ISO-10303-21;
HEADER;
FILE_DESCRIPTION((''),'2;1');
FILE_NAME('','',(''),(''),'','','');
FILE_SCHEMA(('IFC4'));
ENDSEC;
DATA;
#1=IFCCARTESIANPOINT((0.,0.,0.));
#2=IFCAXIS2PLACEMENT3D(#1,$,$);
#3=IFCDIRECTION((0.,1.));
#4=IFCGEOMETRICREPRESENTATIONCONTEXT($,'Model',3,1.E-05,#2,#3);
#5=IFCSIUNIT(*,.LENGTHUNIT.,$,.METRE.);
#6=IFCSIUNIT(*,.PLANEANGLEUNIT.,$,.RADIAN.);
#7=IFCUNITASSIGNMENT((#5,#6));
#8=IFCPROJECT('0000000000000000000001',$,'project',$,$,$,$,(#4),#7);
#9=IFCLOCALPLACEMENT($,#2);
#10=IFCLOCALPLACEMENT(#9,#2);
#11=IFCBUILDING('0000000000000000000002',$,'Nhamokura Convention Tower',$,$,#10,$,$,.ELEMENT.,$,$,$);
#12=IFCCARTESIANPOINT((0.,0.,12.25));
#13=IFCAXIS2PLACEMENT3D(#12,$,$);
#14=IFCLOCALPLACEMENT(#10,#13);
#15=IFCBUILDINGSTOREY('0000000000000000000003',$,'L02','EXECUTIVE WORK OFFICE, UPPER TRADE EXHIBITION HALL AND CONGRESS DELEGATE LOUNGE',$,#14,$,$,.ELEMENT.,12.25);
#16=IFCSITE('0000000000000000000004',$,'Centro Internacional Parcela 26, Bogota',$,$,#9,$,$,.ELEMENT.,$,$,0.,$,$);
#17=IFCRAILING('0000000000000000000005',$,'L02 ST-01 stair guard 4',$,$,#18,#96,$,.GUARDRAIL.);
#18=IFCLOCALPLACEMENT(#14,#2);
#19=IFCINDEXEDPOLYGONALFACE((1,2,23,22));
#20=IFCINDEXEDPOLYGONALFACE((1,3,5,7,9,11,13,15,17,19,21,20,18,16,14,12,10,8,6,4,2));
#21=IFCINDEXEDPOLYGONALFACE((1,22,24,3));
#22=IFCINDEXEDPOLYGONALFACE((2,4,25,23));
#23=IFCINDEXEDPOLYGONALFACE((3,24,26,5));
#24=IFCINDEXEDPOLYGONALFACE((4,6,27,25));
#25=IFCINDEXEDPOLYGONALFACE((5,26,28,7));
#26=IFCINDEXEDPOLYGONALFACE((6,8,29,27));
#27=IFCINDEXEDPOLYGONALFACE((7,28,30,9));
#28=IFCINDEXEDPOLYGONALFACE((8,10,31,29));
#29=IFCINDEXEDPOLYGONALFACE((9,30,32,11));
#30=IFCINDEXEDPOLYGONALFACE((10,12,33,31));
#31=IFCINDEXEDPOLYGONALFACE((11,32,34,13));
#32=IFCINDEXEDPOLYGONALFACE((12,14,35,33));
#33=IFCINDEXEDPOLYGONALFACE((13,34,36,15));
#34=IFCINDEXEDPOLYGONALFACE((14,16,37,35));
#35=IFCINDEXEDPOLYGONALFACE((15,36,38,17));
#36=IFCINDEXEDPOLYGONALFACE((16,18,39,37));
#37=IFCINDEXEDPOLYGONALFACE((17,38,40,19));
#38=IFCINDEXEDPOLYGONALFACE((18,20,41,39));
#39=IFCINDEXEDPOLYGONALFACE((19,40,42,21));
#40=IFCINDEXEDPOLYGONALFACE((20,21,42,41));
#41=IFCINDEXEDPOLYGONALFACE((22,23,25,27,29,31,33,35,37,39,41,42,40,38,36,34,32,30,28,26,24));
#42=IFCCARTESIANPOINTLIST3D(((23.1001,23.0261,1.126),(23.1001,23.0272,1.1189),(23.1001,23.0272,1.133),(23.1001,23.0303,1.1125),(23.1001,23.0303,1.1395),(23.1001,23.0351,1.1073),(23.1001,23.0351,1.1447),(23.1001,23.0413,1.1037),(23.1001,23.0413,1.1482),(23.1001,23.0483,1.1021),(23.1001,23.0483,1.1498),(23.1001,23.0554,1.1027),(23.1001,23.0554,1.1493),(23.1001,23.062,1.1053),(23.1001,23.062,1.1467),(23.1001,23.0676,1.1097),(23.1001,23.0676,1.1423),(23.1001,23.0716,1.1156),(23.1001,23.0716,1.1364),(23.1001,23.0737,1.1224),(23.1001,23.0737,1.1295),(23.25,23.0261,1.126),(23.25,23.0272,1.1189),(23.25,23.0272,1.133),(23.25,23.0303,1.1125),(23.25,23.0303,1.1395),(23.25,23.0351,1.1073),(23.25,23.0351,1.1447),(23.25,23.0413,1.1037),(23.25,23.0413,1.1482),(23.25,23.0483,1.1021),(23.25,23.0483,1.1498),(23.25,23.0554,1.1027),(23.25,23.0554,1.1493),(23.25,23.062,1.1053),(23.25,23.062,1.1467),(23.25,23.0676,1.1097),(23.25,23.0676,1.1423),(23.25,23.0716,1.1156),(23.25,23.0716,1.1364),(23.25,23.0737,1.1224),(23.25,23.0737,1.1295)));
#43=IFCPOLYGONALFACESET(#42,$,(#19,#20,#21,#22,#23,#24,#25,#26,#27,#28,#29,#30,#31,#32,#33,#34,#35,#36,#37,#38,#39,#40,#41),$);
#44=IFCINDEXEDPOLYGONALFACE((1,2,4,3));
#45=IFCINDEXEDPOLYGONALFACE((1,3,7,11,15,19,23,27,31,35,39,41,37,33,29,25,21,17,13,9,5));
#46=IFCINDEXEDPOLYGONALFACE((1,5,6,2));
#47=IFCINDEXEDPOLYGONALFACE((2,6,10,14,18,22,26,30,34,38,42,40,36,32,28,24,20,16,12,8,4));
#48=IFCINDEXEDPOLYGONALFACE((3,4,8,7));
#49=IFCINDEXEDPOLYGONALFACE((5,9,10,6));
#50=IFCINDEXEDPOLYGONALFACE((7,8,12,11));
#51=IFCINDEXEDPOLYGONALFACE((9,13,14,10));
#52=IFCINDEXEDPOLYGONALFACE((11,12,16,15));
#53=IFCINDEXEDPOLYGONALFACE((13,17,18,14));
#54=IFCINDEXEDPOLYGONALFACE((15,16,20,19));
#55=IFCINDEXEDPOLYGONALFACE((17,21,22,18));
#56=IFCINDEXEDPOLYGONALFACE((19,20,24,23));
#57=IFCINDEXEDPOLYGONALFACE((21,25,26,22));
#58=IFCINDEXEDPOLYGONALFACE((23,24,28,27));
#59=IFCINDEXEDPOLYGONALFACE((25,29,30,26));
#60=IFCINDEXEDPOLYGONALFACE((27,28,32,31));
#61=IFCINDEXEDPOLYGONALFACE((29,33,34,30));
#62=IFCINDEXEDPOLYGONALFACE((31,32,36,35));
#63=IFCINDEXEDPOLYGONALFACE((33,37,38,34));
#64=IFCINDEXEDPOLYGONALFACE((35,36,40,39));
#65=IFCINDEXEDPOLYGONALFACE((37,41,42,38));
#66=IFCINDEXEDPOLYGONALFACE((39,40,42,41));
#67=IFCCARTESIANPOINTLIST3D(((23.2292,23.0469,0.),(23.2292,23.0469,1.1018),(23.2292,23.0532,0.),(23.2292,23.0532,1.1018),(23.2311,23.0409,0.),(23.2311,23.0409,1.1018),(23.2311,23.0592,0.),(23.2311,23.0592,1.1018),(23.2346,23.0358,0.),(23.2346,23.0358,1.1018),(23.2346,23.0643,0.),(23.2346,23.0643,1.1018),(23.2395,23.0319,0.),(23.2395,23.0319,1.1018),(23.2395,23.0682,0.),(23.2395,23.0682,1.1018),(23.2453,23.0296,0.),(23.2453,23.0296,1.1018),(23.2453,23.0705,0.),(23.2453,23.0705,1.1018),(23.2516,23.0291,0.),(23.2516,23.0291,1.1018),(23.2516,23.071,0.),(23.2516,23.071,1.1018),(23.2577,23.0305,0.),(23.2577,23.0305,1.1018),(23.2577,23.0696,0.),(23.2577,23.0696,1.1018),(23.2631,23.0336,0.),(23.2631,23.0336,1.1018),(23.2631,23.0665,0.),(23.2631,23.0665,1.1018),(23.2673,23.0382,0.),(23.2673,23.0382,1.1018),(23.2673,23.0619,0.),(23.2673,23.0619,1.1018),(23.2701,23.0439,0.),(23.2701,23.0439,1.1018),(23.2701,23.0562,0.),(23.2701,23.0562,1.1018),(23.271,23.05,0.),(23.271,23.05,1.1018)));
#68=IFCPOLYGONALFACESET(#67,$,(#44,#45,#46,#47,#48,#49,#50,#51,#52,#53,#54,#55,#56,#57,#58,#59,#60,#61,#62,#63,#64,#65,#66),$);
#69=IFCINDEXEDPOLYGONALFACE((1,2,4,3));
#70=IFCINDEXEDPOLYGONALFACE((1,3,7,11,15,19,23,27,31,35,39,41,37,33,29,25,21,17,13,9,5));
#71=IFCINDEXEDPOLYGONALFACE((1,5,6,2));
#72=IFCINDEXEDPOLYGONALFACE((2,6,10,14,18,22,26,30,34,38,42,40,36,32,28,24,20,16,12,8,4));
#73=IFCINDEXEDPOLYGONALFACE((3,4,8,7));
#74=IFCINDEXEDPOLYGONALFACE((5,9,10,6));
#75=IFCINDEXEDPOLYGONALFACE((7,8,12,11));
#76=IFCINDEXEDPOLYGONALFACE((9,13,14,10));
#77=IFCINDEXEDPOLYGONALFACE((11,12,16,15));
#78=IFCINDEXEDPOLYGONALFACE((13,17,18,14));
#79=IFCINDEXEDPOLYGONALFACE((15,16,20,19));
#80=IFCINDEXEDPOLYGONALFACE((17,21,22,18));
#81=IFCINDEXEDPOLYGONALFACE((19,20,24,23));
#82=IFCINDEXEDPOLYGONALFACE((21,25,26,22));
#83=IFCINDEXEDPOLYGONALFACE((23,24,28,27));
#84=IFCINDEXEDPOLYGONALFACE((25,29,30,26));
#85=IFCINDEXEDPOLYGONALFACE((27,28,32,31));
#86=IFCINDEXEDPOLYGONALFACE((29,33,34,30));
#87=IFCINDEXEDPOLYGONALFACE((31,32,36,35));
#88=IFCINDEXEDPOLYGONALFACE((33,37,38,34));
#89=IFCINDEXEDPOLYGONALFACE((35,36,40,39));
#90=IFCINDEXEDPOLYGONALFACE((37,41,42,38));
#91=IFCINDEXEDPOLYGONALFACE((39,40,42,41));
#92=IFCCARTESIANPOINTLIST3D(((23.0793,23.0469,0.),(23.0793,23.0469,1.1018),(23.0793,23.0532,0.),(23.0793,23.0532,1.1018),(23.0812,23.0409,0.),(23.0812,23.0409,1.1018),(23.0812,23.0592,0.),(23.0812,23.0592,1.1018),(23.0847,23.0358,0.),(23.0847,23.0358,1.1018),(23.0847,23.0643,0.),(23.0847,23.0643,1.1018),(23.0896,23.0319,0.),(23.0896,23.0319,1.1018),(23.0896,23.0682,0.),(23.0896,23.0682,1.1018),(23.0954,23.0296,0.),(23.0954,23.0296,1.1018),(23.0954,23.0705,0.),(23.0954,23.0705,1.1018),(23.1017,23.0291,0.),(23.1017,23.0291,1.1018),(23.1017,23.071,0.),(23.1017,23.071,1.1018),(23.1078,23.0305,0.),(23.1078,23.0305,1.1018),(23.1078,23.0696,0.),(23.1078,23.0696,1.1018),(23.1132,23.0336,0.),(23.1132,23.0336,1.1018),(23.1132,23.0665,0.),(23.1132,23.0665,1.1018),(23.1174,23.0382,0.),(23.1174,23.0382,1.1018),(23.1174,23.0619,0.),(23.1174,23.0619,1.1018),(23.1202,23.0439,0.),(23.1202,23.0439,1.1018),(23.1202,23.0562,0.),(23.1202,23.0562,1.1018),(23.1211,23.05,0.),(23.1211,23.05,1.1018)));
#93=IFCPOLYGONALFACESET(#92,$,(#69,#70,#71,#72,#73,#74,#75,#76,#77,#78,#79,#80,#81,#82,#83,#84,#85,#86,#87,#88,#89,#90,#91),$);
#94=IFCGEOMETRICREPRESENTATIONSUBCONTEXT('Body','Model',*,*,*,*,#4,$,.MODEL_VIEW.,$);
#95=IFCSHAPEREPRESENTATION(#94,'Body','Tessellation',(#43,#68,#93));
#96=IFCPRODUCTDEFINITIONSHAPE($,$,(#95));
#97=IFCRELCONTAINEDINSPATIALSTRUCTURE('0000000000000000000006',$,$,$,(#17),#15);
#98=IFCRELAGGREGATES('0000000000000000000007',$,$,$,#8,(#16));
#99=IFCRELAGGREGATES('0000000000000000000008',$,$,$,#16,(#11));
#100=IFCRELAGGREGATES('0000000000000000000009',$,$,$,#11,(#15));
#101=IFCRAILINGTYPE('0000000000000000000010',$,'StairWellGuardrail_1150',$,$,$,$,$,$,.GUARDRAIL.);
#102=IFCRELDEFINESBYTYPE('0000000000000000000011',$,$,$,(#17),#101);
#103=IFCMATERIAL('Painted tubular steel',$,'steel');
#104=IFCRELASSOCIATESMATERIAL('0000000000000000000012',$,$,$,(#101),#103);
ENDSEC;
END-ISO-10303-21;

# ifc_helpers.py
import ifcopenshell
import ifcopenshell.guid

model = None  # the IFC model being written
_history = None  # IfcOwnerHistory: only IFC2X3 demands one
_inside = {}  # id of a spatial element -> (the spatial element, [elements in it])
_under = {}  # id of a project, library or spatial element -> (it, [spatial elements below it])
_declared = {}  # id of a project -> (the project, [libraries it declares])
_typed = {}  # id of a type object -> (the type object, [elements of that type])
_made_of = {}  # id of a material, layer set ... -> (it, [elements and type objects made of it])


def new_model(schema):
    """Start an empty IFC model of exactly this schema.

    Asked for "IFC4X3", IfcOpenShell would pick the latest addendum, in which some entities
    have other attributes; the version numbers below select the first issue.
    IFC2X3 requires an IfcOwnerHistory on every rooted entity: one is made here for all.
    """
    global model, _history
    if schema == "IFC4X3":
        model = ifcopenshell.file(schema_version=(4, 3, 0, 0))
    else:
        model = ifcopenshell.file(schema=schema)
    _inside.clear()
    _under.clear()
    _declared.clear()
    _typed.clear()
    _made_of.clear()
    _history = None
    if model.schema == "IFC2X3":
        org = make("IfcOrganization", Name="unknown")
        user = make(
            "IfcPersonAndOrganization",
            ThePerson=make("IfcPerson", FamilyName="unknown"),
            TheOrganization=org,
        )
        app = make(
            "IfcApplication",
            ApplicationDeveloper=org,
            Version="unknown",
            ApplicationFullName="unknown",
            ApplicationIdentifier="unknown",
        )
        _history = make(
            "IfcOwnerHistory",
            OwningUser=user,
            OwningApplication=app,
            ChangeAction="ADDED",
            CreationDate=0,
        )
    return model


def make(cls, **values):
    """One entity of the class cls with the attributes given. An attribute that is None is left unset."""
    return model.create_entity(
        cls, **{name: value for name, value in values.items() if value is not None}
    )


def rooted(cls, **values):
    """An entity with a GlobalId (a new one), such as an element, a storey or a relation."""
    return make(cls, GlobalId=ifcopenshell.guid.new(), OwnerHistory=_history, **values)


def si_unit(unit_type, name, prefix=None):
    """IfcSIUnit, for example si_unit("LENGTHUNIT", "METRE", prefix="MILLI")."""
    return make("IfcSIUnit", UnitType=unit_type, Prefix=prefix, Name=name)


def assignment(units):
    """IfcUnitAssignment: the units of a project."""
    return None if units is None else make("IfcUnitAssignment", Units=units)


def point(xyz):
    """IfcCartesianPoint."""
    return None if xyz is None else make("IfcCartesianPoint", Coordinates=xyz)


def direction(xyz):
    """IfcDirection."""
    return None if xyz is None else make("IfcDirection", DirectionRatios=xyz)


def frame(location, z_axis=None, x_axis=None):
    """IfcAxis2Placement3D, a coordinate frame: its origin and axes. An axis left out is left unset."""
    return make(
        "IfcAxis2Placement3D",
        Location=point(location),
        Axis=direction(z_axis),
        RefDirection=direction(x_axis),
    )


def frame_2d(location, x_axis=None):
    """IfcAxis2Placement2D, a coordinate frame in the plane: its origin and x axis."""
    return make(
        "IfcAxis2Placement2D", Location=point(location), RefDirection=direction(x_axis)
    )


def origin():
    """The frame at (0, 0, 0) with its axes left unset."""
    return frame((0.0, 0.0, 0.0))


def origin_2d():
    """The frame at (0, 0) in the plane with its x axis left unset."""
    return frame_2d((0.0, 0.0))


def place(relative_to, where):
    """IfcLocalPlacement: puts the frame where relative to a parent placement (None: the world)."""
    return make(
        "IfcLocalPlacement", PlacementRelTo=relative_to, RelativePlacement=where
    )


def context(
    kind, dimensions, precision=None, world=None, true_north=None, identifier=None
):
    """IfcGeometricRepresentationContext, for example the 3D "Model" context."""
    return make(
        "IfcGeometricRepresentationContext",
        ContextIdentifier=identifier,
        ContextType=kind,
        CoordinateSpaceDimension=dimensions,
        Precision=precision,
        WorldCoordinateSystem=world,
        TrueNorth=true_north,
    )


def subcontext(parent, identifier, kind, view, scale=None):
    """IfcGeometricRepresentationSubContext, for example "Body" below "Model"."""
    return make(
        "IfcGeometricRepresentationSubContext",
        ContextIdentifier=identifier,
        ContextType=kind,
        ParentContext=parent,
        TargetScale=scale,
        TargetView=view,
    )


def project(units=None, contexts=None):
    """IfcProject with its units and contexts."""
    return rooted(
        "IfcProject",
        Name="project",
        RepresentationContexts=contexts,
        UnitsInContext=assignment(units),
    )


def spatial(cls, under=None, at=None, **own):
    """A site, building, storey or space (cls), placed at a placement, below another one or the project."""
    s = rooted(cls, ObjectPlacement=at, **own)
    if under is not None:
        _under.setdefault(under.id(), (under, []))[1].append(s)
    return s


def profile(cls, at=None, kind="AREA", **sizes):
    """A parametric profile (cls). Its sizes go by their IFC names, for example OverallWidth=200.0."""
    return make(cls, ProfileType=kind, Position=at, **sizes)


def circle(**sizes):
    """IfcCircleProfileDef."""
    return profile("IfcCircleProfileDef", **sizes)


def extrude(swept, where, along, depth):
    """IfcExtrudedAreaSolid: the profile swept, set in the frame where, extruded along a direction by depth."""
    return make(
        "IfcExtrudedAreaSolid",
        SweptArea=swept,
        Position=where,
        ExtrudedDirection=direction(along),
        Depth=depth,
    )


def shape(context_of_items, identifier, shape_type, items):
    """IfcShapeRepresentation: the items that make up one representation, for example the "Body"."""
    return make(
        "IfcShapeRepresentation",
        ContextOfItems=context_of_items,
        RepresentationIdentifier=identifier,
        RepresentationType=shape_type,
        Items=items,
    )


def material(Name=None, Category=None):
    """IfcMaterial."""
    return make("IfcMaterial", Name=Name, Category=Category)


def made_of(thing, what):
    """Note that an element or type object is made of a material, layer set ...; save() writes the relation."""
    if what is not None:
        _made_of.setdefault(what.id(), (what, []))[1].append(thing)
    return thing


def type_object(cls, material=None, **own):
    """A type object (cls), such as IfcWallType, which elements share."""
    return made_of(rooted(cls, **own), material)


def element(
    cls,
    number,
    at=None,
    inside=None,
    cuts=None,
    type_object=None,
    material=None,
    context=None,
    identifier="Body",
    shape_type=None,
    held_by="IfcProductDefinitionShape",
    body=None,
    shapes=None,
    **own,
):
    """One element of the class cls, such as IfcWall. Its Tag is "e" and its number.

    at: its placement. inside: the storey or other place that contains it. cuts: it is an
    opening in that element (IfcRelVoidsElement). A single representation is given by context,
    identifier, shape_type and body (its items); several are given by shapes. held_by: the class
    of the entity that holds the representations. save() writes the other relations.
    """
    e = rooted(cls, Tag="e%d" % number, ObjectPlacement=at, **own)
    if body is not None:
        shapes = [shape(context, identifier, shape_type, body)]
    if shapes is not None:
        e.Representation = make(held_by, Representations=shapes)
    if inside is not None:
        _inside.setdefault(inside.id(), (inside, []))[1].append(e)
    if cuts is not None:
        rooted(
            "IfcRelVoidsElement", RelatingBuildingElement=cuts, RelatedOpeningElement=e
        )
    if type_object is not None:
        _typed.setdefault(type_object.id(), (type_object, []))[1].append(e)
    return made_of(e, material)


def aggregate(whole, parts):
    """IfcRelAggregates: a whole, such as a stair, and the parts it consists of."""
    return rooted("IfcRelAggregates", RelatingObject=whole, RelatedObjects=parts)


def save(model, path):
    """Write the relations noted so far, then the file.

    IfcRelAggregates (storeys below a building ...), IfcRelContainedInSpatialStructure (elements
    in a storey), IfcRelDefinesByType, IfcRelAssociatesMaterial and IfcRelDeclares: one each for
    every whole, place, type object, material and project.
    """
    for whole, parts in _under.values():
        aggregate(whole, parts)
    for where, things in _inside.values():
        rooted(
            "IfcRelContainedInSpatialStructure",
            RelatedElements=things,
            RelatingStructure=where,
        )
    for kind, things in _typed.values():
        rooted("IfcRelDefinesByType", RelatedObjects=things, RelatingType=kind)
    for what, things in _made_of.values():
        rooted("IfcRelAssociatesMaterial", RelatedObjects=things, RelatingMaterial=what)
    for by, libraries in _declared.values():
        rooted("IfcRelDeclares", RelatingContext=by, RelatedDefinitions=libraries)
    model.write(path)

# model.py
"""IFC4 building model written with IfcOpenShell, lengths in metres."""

from ifc_helpers import new_model, si_unit, direction, frame, origin, origin_2d, place, context, subcontext, project, spatial, circle, extrude, material, type_object, element, save


model = new_model("IFC4")

# Units and contexts
model_context = context("Model", 3, precision=1e-05, world=origin(), true_north=direction((0.0, 1.0)))
body_context = subcontext(model_context, "Body", "Model", "MODEL_VIEW")
ifc_project = project(units=[si_unit("LENGTHUNIT", "METRE"), si_unit("PLANEANGLEUNIT", "RADIAN")], contexts=[model_context])

# Site, building, storey
site_placement = place(None, origin())
site = spatial("IfcSite", under=ifc_project, at=site_placement, Name="Centro Internacional Parcela 26, Bogota", CompositionType="ELEMENT", RefElevation=0.0)
building_placement = place(site_placement, origin())
building = spatial("IfcBuilding", under=site, at=building_placement, Name="Nhamokura Convention Tower", CompositionType="ELEMENT")
storey_placement = place(building_placement, frame((0.0, 0.0, 12.25)))
storey = spatial("IfcBuildingStorey", under=building, at=storey_placement, Name="L02", Description="EXECUTIVE WORK OFFICE, UPPER TRADE EXHIBITION HALL AND CONGRESS DELEGATE LOUNGE", CompositionType="ELEMENT", Elevation=12.25)

# Railing
ifc_material_1 = material(Name="Painted tubular steel", Category="steel")
railing_type_1 = type_object("IfcRailingType", Name="StairWellGuardrail_1150", PredefinedType="GUARDRAIL", material=ifc_material_1)
railing_1_placement = place(storey_placement, frame((23.25, 23.05, 0.0)))
element("IfcRailing", 1, at=railing_1_placement, inside=storey, type_object=railing_type_1, Name="L02 ST-01 stair guard 4", PredefinedType="GUARDRAIL", context=body_context, shape_type="SweptSolid", body=[
    extrude(circle(Radius=0.0239, at=origin_2d()), frame((0.0, 0.0, 1.126), z_axis=(-1.0, 0.0, 0.0), x_axis=(0.0, -1.0, 0.0)), (0.0, 0.0, 1.0), 0.1499),
    extrude(circle(Radius=0.021, at=origin_2d()), origin(), (0.0, 0.0, 1.0), 1.1018),
    extrude(circle(Radius=0.021, at=origin_2d()), frame((-0.1499, 0.0, 0.0)), (0.0, 0.0, 1.0), 1.1018),
])

save(model, "model.ifc")
